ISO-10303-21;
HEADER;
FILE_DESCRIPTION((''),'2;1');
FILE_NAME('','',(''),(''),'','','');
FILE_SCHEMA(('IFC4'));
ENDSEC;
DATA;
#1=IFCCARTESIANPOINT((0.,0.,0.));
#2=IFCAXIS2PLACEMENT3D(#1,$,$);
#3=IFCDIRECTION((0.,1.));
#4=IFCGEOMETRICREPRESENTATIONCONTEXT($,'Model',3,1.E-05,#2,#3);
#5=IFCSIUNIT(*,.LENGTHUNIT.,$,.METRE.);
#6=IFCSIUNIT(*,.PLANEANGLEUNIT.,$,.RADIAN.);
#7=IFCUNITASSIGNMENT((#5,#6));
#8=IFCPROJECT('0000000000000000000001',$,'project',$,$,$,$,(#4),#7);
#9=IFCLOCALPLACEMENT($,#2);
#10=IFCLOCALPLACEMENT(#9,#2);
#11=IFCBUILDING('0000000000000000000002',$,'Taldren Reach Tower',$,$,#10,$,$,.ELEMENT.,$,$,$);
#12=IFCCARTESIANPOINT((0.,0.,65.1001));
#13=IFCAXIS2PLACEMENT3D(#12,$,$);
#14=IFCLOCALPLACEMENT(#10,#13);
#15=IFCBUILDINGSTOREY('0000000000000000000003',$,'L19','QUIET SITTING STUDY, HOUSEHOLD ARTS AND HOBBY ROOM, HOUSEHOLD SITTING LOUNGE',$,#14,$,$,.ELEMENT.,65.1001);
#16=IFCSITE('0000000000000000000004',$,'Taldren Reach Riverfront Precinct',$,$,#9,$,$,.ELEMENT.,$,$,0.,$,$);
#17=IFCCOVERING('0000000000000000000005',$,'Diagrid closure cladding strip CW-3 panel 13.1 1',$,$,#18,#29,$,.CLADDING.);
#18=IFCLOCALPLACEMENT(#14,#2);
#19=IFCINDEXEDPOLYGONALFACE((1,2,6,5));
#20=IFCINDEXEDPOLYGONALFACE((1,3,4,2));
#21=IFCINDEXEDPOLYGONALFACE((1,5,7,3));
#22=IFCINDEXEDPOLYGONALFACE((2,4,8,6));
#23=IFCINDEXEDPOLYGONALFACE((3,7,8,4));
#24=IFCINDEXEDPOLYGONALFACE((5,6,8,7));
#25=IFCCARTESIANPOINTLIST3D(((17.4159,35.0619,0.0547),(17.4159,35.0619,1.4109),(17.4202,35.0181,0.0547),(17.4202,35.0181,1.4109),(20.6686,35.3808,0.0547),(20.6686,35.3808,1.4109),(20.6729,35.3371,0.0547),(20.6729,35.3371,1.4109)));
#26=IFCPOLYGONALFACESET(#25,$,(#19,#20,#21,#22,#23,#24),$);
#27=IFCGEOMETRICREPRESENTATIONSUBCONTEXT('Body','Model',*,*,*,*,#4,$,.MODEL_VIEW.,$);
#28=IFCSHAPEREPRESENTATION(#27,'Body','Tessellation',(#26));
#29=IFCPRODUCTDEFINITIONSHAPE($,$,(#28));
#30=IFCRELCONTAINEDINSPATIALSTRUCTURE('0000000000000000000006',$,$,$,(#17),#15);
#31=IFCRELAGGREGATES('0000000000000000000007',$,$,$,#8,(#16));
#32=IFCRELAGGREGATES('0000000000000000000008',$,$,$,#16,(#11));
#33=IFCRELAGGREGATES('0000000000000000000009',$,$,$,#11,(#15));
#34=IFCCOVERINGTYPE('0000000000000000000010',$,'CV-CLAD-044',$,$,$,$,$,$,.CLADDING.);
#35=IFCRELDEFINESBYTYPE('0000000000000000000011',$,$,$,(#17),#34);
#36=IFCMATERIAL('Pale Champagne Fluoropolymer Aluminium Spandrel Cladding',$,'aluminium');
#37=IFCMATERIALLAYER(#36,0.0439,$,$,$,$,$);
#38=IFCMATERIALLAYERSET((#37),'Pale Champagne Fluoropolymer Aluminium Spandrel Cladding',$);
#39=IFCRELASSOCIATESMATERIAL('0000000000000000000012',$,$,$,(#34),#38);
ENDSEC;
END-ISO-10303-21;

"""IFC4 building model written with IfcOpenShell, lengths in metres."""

from ifc_helpers import new_model, si_unit, direction, frame, origin, origin_2d, place, context, subcontext, project, spatial, rectangle, extrude, source, transform, mapped, material, layer, layer_set, type_object, element, save


model = new_model("IFC4")

# Units and contexts
model_context = context("Model", 3, precision=1e-05, world=origin(), true_north=direction((0.0, 1.0)))
body_context = subcontext(model_context, "Body", "Model", "MODEL_VIEW")
ifc_project = project(units=[si_unit("LENGTHUNIT", "METRE"), si_unit("PLANEANGLEUNIT", "RADIAN")], contexts=[model_context])

# Site, building, storey
site_placement = place(None, origin())
site = spatial("IfcSite", under=ifc_project, at=site_placement, Name="Taldren Reach Riverfront Precinct", CompositionType="ELEMENT", RefElevation=0.0)
building_placement = place(site_placement, origin())
building = spatial("IfcBuilding", under=site, at=building_placement, Name="Taldren Reach Tower", CompositionType="ELEMENT")
storey_placement = place(building_placement, frame((0.0, 0.0, 65.1001)))
storey = spatial("IfcBuildingStorey", under=building, at=storey_placement, Name="L19", Description="QUIET SITTING STUDY, HOUSEHOLD ARTS AND HOBBY ROOM, HOUSEHOLD SITTING LOUNGE", CompositionType="ELEMENT", Elevation=65.1001)

# Covering
ifc_material_1 = material(Name="Pale Champagne Fluoropolymer Aluminium Spandrel Cladding", Category="aluminium")
ifc_layer_1 = layer(ifc_material_1, 0.0439)
ifc_layer_set_1 = layer_set([ifc_layer_1], Name="Pale Champagne Fluoropolymer Aluminium Spandrel Cladding")
covering_type = type_object("IfcCoveringType", Name="CV-CLAD-044", PredefinedType="CLADDING", material=ifc_layer_set_1)
shared_shape_1 = source(origin(), body_context, "Body", "SweptSolid", [
    extrude(rectangle(XDim=3.2683, YDim=0.0439, at=origin_2d()), origin(), (0.0, 0.0, 1.0), 1.3562),
])
covering_1_placement = place(storey_placement, frame((19.0444, 35.1995, 0.0547), z_axis=(0.0, 0.0, 1.0), x_axis=(-0.995227, -0.097583, 0.0)))
element("IfcCovering", 1, at=covering_1_placement, inside=storey, type_object=covering_type, Name="Diagrid closure cladding strip CW-3 panel 13.1 1", PredefinedType="CLADDING", context=body_context, shape_type="MappedRepresentation", body=[
    mapped(shared_shape_1, transform((0.0, 0.0, 0.0), scale=1.0)),
])

save(model, "model.ifc")
